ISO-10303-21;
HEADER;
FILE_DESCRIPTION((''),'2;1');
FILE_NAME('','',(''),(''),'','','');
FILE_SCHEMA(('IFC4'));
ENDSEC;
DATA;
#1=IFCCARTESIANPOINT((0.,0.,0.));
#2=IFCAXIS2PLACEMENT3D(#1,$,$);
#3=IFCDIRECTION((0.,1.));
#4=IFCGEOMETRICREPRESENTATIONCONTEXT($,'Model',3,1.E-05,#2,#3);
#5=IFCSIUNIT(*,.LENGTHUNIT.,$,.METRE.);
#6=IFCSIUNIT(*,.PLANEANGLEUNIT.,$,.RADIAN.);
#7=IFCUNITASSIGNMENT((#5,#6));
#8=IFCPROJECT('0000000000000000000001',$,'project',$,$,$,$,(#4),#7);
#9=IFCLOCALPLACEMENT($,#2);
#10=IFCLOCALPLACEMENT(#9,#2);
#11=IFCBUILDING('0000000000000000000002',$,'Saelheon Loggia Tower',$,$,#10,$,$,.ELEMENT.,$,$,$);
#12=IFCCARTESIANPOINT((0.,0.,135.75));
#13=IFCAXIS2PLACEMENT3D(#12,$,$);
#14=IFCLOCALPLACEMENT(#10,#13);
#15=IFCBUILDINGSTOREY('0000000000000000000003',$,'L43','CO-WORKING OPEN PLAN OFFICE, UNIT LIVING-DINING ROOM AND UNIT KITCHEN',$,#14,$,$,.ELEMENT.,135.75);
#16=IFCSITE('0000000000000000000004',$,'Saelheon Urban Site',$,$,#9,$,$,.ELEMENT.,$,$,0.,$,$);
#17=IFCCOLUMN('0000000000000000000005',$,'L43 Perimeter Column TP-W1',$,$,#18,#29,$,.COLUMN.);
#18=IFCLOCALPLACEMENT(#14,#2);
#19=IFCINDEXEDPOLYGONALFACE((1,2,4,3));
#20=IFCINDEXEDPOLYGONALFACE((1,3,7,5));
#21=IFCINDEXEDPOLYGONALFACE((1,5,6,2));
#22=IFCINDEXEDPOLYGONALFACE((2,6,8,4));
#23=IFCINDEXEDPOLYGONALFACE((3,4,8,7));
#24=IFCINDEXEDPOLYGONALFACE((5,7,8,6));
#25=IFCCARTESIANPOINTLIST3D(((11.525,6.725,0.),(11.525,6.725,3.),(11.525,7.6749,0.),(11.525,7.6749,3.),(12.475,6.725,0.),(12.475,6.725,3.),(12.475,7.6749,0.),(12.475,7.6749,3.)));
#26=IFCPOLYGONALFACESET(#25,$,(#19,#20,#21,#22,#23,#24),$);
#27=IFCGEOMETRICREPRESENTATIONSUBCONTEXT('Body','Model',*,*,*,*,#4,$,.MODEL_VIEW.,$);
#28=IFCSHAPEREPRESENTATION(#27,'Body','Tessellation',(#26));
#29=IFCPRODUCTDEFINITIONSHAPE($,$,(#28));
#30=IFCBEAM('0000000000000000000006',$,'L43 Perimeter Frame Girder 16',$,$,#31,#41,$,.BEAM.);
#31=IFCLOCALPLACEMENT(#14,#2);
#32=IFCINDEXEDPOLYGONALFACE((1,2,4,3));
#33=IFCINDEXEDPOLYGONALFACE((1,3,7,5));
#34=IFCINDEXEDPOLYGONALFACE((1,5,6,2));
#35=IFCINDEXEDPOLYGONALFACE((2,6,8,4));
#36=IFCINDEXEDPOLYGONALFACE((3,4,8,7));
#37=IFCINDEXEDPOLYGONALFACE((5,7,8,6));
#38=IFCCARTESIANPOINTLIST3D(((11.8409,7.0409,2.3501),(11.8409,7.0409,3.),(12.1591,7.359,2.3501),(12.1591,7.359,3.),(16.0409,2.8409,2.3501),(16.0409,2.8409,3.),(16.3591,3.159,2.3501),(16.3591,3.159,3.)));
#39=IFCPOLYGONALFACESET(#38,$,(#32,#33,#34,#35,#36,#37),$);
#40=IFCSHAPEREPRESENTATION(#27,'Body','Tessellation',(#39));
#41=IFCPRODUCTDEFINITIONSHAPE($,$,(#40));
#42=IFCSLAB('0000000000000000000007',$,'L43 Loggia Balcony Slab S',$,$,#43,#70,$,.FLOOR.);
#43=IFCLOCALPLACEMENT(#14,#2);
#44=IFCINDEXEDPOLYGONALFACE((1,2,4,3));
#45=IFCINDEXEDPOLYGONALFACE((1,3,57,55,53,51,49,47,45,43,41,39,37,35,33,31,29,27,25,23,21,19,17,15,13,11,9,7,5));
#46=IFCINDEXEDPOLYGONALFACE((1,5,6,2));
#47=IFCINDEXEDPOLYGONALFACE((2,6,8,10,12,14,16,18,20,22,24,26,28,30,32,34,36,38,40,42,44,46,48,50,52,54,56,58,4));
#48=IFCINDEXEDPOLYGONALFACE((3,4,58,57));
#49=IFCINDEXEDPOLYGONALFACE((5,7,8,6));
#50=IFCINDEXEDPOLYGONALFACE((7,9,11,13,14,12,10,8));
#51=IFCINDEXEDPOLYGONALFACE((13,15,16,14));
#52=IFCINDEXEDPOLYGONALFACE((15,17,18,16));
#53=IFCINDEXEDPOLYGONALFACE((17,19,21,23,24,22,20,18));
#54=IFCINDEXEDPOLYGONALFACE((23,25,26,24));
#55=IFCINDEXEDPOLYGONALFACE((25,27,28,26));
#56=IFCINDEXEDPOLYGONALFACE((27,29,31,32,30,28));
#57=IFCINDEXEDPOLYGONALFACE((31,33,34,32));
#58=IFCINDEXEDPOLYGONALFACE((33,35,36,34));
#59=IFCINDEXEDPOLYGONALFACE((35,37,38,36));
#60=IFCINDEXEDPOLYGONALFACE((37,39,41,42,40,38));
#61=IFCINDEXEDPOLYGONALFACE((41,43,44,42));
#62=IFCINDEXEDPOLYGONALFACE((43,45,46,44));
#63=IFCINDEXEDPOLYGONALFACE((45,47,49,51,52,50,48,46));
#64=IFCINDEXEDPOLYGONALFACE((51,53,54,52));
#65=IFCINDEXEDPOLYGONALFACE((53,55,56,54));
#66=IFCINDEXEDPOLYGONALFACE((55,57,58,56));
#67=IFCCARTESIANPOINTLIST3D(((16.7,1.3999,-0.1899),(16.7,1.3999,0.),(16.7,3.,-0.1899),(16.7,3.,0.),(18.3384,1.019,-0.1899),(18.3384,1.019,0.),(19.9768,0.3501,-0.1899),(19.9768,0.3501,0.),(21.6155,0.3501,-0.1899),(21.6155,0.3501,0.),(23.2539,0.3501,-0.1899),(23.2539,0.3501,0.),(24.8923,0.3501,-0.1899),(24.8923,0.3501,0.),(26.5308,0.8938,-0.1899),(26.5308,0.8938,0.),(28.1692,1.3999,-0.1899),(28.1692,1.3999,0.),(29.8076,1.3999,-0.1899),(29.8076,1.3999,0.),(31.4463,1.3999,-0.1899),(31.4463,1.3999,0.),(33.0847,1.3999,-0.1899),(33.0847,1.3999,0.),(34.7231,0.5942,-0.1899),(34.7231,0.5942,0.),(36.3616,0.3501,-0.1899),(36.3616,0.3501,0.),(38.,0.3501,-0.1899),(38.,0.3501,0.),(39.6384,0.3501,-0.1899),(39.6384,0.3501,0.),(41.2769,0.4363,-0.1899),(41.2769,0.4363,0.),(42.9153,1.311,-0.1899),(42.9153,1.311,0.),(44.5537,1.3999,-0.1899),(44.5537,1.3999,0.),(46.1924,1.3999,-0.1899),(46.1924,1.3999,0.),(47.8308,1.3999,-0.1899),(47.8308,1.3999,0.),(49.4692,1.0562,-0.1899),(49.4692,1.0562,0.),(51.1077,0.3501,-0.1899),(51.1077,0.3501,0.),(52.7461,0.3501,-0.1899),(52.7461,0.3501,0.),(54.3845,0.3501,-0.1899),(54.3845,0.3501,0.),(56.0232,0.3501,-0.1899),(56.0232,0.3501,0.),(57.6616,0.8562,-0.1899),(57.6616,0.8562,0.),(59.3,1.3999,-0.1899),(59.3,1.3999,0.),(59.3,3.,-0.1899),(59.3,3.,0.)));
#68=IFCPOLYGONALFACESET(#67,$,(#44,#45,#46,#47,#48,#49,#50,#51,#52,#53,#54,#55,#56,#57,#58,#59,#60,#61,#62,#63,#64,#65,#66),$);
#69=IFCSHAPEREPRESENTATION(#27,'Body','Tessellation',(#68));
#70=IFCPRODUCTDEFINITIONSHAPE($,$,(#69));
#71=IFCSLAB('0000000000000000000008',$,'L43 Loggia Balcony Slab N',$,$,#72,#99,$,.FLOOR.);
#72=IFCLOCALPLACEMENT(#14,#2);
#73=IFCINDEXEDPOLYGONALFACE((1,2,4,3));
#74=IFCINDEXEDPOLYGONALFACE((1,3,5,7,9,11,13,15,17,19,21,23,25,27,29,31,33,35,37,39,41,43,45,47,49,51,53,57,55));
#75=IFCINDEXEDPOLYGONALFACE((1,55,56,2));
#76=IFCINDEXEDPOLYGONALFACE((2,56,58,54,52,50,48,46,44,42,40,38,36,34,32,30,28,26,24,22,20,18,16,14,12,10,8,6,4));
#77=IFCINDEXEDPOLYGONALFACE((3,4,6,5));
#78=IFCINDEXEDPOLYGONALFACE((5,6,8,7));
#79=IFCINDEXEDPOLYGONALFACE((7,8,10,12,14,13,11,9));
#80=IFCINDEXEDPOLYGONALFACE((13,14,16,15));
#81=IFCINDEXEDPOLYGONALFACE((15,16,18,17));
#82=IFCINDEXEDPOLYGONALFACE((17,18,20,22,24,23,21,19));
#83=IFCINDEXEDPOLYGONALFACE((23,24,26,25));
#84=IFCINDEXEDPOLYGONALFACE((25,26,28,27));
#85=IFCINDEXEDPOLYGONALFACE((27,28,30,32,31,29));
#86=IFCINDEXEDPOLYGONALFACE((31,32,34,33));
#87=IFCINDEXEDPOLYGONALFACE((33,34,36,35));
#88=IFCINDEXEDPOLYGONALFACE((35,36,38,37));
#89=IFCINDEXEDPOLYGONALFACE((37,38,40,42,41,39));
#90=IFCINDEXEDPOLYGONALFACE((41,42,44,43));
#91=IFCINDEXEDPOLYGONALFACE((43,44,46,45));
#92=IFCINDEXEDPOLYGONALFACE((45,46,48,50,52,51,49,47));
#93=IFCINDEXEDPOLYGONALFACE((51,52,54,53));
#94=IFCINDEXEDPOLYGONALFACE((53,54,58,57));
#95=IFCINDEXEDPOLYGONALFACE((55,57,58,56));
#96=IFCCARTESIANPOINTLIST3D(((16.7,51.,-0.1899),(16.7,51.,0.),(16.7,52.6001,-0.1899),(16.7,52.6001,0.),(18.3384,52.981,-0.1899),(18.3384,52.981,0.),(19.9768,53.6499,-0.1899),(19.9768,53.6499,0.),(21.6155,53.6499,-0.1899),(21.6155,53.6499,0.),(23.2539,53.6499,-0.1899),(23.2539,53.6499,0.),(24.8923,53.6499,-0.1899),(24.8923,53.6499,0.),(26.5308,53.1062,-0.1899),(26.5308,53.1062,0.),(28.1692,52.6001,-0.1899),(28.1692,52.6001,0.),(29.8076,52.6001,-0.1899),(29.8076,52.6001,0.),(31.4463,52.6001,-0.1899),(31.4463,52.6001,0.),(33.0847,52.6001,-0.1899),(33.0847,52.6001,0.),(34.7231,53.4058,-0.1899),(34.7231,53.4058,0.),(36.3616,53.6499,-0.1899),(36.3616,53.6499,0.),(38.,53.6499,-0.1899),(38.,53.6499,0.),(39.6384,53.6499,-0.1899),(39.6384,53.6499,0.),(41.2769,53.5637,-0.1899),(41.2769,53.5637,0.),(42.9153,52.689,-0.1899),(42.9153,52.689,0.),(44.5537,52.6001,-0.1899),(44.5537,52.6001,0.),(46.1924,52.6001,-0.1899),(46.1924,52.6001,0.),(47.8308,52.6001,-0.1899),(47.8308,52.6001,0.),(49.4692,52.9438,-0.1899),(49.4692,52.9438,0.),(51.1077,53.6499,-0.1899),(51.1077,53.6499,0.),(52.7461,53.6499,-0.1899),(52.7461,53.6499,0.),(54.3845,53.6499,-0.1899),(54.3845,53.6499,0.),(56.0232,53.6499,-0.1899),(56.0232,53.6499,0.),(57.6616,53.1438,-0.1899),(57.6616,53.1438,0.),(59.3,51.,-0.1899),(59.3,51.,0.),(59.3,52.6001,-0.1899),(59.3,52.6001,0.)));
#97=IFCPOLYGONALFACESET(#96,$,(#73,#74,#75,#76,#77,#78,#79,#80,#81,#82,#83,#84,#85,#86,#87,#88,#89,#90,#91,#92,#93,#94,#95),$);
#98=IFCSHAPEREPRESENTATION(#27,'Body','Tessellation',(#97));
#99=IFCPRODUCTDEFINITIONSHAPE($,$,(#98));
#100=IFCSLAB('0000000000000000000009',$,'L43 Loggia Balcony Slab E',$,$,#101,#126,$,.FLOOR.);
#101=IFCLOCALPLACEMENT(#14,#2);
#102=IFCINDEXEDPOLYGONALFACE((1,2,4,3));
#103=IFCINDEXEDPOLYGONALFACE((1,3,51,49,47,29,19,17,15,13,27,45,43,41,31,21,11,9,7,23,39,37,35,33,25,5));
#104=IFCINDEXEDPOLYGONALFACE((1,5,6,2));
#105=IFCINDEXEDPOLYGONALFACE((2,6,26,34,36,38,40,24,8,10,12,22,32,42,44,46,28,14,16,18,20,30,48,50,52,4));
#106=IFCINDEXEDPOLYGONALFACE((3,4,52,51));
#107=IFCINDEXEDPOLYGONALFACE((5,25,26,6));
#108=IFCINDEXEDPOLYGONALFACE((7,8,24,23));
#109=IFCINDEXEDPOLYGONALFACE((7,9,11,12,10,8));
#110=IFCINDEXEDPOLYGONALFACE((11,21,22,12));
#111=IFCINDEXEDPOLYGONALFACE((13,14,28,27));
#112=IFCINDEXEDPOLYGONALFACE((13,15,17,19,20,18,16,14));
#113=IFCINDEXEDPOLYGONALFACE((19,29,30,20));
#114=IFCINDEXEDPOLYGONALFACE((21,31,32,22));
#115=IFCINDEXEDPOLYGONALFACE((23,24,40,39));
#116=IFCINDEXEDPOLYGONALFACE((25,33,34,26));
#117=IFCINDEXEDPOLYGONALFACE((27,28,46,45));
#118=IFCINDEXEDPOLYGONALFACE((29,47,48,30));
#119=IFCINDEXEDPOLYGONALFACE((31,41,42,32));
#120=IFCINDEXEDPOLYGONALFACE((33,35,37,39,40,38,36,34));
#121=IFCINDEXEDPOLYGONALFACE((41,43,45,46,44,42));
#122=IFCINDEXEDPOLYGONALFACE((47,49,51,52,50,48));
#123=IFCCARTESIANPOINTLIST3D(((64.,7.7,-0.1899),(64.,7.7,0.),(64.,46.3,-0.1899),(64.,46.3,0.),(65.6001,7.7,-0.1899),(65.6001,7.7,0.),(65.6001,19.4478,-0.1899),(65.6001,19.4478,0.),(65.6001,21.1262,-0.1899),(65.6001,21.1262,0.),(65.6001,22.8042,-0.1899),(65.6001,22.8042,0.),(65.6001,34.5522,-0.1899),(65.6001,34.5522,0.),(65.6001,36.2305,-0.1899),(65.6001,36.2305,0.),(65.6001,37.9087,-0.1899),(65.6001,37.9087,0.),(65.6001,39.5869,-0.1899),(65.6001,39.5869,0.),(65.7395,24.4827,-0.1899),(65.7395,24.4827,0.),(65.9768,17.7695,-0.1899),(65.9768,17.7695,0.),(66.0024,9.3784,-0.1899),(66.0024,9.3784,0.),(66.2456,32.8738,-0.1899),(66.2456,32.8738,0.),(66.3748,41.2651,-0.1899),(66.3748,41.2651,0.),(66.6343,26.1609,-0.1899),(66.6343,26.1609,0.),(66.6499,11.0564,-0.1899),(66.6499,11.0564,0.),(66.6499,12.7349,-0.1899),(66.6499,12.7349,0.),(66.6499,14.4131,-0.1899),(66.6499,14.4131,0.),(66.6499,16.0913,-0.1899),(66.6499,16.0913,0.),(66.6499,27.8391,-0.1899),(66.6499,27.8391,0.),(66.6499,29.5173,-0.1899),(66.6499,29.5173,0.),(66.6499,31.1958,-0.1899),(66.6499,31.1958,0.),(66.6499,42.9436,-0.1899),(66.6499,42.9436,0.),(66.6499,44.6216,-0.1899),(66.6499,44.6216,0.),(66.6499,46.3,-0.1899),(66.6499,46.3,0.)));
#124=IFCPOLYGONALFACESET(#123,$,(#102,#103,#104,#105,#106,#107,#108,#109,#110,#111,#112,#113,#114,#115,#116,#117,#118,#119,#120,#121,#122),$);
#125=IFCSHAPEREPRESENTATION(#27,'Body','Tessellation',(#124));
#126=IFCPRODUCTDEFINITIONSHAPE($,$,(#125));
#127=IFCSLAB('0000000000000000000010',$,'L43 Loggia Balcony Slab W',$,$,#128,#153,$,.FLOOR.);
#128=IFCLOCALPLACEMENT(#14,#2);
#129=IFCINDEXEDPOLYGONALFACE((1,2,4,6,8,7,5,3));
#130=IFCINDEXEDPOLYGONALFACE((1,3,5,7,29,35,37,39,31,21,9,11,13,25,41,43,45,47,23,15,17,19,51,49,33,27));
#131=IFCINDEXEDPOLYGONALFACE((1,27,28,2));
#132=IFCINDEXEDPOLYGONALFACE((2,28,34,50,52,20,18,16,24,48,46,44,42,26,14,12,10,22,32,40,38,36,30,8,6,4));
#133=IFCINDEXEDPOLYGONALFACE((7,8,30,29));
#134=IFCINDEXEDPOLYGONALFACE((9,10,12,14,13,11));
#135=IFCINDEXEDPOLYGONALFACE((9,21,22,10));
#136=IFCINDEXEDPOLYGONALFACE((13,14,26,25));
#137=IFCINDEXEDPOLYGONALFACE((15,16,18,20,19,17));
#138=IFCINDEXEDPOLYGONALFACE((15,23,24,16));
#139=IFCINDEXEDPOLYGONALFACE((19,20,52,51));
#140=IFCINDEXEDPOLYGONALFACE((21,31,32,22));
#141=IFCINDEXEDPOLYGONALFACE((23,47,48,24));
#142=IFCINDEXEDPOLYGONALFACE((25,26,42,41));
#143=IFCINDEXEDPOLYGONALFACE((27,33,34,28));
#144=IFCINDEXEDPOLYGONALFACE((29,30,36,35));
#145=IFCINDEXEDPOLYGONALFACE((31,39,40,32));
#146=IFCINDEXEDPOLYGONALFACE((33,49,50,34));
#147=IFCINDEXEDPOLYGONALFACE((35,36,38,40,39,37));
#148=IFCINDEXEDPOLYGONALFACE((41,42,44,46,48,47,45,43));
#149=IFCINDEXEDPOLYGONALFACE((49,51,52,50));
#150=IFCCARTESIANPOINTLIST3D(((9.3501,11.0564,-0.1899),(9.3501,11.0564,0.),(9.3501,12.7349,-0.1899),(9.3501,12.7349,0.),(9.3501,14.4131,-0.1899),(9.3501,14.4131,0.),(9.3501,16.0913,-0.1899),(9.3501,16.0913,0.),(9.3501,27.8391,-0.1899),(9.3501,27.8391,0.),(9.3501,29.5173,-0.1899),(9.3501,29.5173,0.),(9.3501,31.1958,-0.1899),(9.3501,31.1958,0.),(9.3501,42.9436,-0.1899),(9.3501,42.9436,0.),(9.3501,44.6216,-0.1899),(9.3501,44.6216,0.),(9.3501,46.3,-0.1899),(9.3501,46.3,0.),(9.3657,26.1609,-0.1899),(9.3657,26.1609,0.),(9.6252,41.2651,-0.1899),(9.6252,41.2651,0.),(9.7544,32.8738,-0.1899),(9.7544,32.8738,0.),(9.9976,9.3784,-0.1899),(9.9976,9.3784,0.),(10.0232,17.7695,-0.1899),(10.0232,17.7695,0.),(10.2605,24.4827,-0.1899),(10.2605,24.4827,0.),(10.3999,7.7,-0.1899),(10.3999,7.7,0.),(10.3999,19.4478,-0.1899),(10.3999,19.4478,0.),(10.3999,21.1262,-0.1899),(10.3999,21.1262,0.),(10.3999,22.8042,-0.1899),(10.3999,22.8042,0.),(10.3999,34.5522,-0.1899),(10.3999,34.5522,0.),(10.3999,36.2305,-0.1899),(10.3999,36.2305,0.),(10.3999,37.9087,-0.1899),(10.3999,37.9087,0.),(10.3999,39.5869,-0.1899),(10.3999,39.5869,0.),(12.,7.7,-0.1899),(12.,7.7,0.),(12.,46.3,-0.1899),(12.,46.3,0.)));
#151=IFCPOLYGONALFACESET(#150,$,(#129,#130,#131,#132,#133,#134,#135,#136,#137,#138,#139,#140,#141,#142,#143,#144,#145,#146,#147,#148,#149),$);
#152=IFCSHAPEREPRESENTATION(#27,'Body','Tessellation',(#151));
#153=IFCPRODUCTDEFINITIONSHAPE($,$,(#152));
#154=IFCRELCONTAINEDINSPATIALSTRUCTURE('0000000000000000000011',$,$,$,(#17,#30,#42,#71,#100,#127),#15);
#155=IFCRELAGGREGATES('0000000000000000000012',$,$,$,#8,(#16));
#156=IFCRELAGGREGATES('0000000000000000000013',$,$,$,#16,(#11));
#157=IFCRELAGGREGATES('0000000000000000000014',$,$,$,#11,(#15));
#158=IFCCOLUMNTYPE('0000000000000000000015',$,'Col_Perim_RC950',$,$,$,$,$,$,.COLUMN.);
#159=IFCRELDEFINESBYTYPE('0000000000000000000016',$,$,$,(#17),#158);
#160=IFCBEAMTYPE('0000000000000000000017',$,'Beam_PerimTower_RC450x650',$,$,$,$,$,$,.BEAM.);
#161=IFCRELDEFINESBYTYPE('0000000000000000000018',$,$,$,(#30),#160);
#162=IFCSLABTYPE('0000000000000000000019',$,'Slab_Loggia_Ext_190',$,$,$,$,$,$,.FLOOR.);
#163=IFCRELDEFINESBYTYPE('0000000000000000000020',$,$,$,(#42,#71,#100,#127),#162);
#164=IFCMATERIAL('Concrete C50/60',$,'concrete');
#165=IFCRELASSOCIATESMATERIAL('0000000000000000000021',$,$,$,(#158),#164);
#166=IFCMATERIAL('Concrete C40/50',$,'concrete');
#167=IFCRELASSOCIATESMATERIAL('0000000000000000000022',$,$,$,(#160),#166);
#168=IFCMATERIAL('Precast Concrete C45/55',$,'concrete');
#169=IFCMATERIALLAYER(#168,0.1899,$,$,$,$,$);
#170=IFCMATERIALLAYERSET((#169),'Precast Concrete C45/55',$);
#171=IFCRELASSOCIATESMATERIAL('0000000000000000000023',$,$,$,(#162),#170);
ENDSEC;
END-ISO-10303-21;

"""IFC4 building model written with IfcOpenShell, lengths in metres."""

from ifc_helpers import new_model, si_unit, direction, frame, origin, origin_2d, place, context, subcontext, project, spatial, polyline, rectangle, outline, extrude, source, transform, mapped, material, layer, layer_set, material_profile, profile_set, type_object, element, save


model = new_model("IFC4")

# Units and contexts
model_context = context("Model", 3, precision=1e-05, world=origin(), true_north=direction((0.0, 1.0)))
body_context = subcontext(model_context, "Body", "Model", "MODEL_VIEW")
ifc_project = project(units=[si_unit("LENGTHUNIT", "METRE"), si_unit("PLANEANGLEUNIT", "RADIAN")], contexts=[model_context])

# Site, building, storey
site_placement = place(None, origin())
site = spatial("IfcSite", under=ifc_project, at=site_placement, Name="Saelheon Urban Site", CompositionType="ELEMENT", RefElevation=0.0)
building_placement = place(site_placement, origin())
building = spatial("IfcBuilding", under=site, at=building_placement, Name="Saelheon Loggia Tower", CompositionType="ELEMENT")
storey_placement = place(building_placement, frame((0.0, 0.0, 135.75)))
storey = spatial("IfcBuildingStorey", under=building, at=storey_placement, Name="L43", Description="CO-WORKING OPEN PLAN OFFICE, UNIT LIVING-DINING ROOM AND UNIT KITCHEN", CompositionType="ELEMENT", Elevation=135.75)

# Column
ifc_material_1 = material(Name="Concrete C50/60", Category="concrete")
ifc_material_profile_1 = material_profile(ifc_material_1, rectangle(XDim=0.95, YDim=0.95, at=origin_2d()), Name="RC-950x950")
ifc_profile_set_1 = profile_set([ifc_material_profile_1], Name="Concrete C50/60")
column_type = type_object("IfcColumnType", Name="Col_Perim_RC950", PredefinedType="COLUMN", material=ifc_profile_set_1)
shared_shape_1 = source(origin(), body_context, "Body", "SweptSolid", [
    extrude(rectangle(XDim=0.95, YDim=0.95, at=origin_2d()), origin(), (0.0, 0.0, 1.0), 3.0),
])
column_placement = place(storey_placement, frame((12.0, 7.2, 0.0), z_axis=(0.0, 0.0, 1.0), x_axis=(1.0, 0.0, 0.0)))
element("IfcColumn", 1, at=column_placement, inside=storey, type_object=column_type, Name="L43 Perimeter Column TP-W1", PredefinedType="COLUMN", context=body_context, shape_type="MappedRepresentation", body=[
    mapped(shared_shape_1, transform((0.0, 0.0, 0.0), scale=1.0)),
])

# Beam
ifc_material_2 = material(Name="Concrete C40/50", Category="concrete")
ifc_material_profile_2 = material_profile(ifc_material_2, rectangle(XDim=0.45, YDim=0.6499, at=origin_2d()), Name="RC-450x650")
ifc_profile_set_2 = profile_set([ifc_material_profile_2], Name="Concrete C40/50")
beam_type = type_object("IfcBeamType", Name="Beam_PerimTower_RC450x650", PredefinedType="BEAM", material=ifc_profile_set_2)
shared_shape_2 = source(origin(), body_context, "Body", "SweptSolid", [
    extrude(rectangle(XDim=0.45, YDim=0.6499, at=origin_2d()), origin(), (0.0, 0.0, 1.0), 5.9397),
])
beam_placement = place(storey_placement, frame((12.0, 7.2, 2.675), z_axis=(0.707107, -0.707107, 0.0), x_axis=(0.707107, 0.707107, 0.0)))
element("IfcBeam", 2, at=beam_placement, inside=storey, type_object=beam_type, Name="L43 Perimeter Frame Girder 16", PredefinedType="BEAM", context=body_context, shape_type="MappedRepresentation", body=[
    mapped(shared_shape_2, transform((0.0, 0.0, 0.0), scale=1.0)),
])

# Slabs
ifc_material_3 = material(Name="Precast Concrete C45/55", Category="concrete")
ifc_layer_1 = layer(ifc_material_3, 0.1899)
ifc_layer_set_1 = layer_set([ifc_layer_1], Name="Precast Concrete C45/55")
slab_type_1 = type_object("IfcSlabType", Name="Slab_Loggia_Ext_190", PredefinedType="FLOOR", material=ifc_layer_set_1)
slab_1_placement = place(storey_placement, frame((0.0, 0.0, -0.1899)))
element("IfcSlab", 3, at=slab_1_placement, inside=storey, type_object=slab_type_1, Name="L43 Loggia Balcony Slab S", PredefinedType="FLOOR", context=body_context, shape_type="SweptSolid", body=[
    extrude(outline(polyline([(16.7, 1.3999), (18.3384, 1.019), (19.9768, 0.3501), (21.6155, 0.3501), (23.2539, 0.3501), (24.8923, 0.3501), (26.5308, 0.8938), (28.1692, 1.3999), (29.8076, 1.3999), (31.4463, 1.3999), (33.0847, 1.3999), (34.7231, 0.5942), (36.3616, 0.3501), (38.0, 0.3501), (39.6384, 0.3501), (41.2769, 0.4363), (42.9153, 1.311), (44.5537, 1.3999), (46.1924, 1.3999), (47.8308, 1.3999), (49.4692, 1.0562), (51.1077, 0.3501), (52.7461, 0.3501), (54.3845, 0.3501), (56.0232, 0.3501), (57.6616, 0.8562), (59.3, 1.3999), (59.3, 3.0), (16.7, 3.0), (16.7, 1.3999)])), origin(), (0.0, 0.0, 1.0), 0.1899),
])
slab_2_placement = place(storey_placement, frame((0.0, 0.0, -0.1899)))
element("IfcSlab", 4, at=slab_2_placement, inside=storey, type_object=slab_type_1, Name="L43 Loggia Balcony Slab N", PredefinedType="FLOOR", context=body_context, shape_type="SweptSolid", body=[
    extrude(outline(polyline([(16.7, 51.0), (59.3, 51.0), (59.3, 52.6001), (57.6616, 53.1438), (56.0232, 53.6499), (54.3845, 53.6499), (52.7461, 53.6499), (51.1077, 53.6499), (49.4692, 52.9438), (47.8308, 52.6001), (46.1924, 52.6001), (44.5537, 52.6001), (42.9153, 52.689), (41.2769, 53.5637), (39.6384, 53.6499), (38.0, 53.6499), (36.3616, 53.6499), (34.7231, 53.4058), (33.0847, 52.6001), (31.4463, 52.6001), (29.8076, 52.6001), (28.1692, 52.6001), (26.5308, 53.1062), (24.8923, 53.6499), (23.2539, 53.6499), (21.6155, 53.6499), (19.9768, 53.6499), (18.3384, 52.981), (16.7, 52.6001), (16.7, 51.0)])), origin(), (0.0, 0.0, 1.0), 0.1899),
])
slab_3_placement = place(storey_placement, frame((0.0, 0.0, -0.1899)))
element("IfcSlab", 5, at=slab_3_placement, inside=storey, type_object=slab_type_1, Name="L43 Loggia Balcony Slab E", PredefinedType="FLOOR", context=body_context, shape_type="SweptSolid", body=[
    extrude(outline(polyline([(64.0, 7.7), (65.6001, 7.7), (66.0024, 9.3784), (66.6499, 11.0564), (66.6499, 12.7349), (66.6499, 14.4131), (66.6499, 16.0913), (65.9768, 17.7695), (65.6001, 19.4478), (65.6001, 21.1262), (65.6001, 22.8042), (65.7395, 24.4827), (66.6343, 26.1609), (66.6499, 27.8391), (66.6499, 29.5173), (66.6499, 31.1958), (66.2456, 32.8738), (65.6001, 34.5522), (65.6001, 36.2305), (65.6001, 37.9087), (65.6001, 39.5869), (66.3748, 41.2651), (66.6499, 42.9436), (66.6499, 44.6216), (66.6499, 46.3), (64.0, 46.3), (64.0, 7.7)])), origin(), (0.0, 0.0, 1.0), 0.1899),
])
slab_4_placement = place(storey_placement, frame((0.0, 0.0, -0.1899)))
element("IfcSlab", 6, at=slab_4_placement, inside=storey, type_object=slab_type_1, Name="L43 Loggia Balcony Slab W", PredefinedType="FLOOR", context=body_context, shape_type="SweptSolid", body=[
    extrude(outline(polyline([(12.0, 7.7), (12.0, 46.3), (9.3501, 46.3), (9.3501, 44.6216), (9.3501, 42.9436), (9.6252, 41.2651), (10.3999, 39.5869), (10.3999, 37.9087), (10.3999, 36.2305), (10.3999, 34.5522), (9.7544, 32.8738), (9.3501, 31.1958), (9.3501, 29.5173), (9.3501, 27.8391), (9.3657, 26.1609), (10.2605, 24.4827), (10.3999, 22.8042), (10.3999, 21.1262), (10.3999, 19.4478), (10.0232, 17.7695), (9.3501, 16.0913), (9.3501, 14.4131), (9.3501, 12.7349), (9.3501, 11.0564), (9.9976, 9.3784), (10.3999, 7.7), (12.0, 7.7)])), origin(), (0.0, 0.0, 1.0), 0.1899),
])

save(model, "model.ifc")
